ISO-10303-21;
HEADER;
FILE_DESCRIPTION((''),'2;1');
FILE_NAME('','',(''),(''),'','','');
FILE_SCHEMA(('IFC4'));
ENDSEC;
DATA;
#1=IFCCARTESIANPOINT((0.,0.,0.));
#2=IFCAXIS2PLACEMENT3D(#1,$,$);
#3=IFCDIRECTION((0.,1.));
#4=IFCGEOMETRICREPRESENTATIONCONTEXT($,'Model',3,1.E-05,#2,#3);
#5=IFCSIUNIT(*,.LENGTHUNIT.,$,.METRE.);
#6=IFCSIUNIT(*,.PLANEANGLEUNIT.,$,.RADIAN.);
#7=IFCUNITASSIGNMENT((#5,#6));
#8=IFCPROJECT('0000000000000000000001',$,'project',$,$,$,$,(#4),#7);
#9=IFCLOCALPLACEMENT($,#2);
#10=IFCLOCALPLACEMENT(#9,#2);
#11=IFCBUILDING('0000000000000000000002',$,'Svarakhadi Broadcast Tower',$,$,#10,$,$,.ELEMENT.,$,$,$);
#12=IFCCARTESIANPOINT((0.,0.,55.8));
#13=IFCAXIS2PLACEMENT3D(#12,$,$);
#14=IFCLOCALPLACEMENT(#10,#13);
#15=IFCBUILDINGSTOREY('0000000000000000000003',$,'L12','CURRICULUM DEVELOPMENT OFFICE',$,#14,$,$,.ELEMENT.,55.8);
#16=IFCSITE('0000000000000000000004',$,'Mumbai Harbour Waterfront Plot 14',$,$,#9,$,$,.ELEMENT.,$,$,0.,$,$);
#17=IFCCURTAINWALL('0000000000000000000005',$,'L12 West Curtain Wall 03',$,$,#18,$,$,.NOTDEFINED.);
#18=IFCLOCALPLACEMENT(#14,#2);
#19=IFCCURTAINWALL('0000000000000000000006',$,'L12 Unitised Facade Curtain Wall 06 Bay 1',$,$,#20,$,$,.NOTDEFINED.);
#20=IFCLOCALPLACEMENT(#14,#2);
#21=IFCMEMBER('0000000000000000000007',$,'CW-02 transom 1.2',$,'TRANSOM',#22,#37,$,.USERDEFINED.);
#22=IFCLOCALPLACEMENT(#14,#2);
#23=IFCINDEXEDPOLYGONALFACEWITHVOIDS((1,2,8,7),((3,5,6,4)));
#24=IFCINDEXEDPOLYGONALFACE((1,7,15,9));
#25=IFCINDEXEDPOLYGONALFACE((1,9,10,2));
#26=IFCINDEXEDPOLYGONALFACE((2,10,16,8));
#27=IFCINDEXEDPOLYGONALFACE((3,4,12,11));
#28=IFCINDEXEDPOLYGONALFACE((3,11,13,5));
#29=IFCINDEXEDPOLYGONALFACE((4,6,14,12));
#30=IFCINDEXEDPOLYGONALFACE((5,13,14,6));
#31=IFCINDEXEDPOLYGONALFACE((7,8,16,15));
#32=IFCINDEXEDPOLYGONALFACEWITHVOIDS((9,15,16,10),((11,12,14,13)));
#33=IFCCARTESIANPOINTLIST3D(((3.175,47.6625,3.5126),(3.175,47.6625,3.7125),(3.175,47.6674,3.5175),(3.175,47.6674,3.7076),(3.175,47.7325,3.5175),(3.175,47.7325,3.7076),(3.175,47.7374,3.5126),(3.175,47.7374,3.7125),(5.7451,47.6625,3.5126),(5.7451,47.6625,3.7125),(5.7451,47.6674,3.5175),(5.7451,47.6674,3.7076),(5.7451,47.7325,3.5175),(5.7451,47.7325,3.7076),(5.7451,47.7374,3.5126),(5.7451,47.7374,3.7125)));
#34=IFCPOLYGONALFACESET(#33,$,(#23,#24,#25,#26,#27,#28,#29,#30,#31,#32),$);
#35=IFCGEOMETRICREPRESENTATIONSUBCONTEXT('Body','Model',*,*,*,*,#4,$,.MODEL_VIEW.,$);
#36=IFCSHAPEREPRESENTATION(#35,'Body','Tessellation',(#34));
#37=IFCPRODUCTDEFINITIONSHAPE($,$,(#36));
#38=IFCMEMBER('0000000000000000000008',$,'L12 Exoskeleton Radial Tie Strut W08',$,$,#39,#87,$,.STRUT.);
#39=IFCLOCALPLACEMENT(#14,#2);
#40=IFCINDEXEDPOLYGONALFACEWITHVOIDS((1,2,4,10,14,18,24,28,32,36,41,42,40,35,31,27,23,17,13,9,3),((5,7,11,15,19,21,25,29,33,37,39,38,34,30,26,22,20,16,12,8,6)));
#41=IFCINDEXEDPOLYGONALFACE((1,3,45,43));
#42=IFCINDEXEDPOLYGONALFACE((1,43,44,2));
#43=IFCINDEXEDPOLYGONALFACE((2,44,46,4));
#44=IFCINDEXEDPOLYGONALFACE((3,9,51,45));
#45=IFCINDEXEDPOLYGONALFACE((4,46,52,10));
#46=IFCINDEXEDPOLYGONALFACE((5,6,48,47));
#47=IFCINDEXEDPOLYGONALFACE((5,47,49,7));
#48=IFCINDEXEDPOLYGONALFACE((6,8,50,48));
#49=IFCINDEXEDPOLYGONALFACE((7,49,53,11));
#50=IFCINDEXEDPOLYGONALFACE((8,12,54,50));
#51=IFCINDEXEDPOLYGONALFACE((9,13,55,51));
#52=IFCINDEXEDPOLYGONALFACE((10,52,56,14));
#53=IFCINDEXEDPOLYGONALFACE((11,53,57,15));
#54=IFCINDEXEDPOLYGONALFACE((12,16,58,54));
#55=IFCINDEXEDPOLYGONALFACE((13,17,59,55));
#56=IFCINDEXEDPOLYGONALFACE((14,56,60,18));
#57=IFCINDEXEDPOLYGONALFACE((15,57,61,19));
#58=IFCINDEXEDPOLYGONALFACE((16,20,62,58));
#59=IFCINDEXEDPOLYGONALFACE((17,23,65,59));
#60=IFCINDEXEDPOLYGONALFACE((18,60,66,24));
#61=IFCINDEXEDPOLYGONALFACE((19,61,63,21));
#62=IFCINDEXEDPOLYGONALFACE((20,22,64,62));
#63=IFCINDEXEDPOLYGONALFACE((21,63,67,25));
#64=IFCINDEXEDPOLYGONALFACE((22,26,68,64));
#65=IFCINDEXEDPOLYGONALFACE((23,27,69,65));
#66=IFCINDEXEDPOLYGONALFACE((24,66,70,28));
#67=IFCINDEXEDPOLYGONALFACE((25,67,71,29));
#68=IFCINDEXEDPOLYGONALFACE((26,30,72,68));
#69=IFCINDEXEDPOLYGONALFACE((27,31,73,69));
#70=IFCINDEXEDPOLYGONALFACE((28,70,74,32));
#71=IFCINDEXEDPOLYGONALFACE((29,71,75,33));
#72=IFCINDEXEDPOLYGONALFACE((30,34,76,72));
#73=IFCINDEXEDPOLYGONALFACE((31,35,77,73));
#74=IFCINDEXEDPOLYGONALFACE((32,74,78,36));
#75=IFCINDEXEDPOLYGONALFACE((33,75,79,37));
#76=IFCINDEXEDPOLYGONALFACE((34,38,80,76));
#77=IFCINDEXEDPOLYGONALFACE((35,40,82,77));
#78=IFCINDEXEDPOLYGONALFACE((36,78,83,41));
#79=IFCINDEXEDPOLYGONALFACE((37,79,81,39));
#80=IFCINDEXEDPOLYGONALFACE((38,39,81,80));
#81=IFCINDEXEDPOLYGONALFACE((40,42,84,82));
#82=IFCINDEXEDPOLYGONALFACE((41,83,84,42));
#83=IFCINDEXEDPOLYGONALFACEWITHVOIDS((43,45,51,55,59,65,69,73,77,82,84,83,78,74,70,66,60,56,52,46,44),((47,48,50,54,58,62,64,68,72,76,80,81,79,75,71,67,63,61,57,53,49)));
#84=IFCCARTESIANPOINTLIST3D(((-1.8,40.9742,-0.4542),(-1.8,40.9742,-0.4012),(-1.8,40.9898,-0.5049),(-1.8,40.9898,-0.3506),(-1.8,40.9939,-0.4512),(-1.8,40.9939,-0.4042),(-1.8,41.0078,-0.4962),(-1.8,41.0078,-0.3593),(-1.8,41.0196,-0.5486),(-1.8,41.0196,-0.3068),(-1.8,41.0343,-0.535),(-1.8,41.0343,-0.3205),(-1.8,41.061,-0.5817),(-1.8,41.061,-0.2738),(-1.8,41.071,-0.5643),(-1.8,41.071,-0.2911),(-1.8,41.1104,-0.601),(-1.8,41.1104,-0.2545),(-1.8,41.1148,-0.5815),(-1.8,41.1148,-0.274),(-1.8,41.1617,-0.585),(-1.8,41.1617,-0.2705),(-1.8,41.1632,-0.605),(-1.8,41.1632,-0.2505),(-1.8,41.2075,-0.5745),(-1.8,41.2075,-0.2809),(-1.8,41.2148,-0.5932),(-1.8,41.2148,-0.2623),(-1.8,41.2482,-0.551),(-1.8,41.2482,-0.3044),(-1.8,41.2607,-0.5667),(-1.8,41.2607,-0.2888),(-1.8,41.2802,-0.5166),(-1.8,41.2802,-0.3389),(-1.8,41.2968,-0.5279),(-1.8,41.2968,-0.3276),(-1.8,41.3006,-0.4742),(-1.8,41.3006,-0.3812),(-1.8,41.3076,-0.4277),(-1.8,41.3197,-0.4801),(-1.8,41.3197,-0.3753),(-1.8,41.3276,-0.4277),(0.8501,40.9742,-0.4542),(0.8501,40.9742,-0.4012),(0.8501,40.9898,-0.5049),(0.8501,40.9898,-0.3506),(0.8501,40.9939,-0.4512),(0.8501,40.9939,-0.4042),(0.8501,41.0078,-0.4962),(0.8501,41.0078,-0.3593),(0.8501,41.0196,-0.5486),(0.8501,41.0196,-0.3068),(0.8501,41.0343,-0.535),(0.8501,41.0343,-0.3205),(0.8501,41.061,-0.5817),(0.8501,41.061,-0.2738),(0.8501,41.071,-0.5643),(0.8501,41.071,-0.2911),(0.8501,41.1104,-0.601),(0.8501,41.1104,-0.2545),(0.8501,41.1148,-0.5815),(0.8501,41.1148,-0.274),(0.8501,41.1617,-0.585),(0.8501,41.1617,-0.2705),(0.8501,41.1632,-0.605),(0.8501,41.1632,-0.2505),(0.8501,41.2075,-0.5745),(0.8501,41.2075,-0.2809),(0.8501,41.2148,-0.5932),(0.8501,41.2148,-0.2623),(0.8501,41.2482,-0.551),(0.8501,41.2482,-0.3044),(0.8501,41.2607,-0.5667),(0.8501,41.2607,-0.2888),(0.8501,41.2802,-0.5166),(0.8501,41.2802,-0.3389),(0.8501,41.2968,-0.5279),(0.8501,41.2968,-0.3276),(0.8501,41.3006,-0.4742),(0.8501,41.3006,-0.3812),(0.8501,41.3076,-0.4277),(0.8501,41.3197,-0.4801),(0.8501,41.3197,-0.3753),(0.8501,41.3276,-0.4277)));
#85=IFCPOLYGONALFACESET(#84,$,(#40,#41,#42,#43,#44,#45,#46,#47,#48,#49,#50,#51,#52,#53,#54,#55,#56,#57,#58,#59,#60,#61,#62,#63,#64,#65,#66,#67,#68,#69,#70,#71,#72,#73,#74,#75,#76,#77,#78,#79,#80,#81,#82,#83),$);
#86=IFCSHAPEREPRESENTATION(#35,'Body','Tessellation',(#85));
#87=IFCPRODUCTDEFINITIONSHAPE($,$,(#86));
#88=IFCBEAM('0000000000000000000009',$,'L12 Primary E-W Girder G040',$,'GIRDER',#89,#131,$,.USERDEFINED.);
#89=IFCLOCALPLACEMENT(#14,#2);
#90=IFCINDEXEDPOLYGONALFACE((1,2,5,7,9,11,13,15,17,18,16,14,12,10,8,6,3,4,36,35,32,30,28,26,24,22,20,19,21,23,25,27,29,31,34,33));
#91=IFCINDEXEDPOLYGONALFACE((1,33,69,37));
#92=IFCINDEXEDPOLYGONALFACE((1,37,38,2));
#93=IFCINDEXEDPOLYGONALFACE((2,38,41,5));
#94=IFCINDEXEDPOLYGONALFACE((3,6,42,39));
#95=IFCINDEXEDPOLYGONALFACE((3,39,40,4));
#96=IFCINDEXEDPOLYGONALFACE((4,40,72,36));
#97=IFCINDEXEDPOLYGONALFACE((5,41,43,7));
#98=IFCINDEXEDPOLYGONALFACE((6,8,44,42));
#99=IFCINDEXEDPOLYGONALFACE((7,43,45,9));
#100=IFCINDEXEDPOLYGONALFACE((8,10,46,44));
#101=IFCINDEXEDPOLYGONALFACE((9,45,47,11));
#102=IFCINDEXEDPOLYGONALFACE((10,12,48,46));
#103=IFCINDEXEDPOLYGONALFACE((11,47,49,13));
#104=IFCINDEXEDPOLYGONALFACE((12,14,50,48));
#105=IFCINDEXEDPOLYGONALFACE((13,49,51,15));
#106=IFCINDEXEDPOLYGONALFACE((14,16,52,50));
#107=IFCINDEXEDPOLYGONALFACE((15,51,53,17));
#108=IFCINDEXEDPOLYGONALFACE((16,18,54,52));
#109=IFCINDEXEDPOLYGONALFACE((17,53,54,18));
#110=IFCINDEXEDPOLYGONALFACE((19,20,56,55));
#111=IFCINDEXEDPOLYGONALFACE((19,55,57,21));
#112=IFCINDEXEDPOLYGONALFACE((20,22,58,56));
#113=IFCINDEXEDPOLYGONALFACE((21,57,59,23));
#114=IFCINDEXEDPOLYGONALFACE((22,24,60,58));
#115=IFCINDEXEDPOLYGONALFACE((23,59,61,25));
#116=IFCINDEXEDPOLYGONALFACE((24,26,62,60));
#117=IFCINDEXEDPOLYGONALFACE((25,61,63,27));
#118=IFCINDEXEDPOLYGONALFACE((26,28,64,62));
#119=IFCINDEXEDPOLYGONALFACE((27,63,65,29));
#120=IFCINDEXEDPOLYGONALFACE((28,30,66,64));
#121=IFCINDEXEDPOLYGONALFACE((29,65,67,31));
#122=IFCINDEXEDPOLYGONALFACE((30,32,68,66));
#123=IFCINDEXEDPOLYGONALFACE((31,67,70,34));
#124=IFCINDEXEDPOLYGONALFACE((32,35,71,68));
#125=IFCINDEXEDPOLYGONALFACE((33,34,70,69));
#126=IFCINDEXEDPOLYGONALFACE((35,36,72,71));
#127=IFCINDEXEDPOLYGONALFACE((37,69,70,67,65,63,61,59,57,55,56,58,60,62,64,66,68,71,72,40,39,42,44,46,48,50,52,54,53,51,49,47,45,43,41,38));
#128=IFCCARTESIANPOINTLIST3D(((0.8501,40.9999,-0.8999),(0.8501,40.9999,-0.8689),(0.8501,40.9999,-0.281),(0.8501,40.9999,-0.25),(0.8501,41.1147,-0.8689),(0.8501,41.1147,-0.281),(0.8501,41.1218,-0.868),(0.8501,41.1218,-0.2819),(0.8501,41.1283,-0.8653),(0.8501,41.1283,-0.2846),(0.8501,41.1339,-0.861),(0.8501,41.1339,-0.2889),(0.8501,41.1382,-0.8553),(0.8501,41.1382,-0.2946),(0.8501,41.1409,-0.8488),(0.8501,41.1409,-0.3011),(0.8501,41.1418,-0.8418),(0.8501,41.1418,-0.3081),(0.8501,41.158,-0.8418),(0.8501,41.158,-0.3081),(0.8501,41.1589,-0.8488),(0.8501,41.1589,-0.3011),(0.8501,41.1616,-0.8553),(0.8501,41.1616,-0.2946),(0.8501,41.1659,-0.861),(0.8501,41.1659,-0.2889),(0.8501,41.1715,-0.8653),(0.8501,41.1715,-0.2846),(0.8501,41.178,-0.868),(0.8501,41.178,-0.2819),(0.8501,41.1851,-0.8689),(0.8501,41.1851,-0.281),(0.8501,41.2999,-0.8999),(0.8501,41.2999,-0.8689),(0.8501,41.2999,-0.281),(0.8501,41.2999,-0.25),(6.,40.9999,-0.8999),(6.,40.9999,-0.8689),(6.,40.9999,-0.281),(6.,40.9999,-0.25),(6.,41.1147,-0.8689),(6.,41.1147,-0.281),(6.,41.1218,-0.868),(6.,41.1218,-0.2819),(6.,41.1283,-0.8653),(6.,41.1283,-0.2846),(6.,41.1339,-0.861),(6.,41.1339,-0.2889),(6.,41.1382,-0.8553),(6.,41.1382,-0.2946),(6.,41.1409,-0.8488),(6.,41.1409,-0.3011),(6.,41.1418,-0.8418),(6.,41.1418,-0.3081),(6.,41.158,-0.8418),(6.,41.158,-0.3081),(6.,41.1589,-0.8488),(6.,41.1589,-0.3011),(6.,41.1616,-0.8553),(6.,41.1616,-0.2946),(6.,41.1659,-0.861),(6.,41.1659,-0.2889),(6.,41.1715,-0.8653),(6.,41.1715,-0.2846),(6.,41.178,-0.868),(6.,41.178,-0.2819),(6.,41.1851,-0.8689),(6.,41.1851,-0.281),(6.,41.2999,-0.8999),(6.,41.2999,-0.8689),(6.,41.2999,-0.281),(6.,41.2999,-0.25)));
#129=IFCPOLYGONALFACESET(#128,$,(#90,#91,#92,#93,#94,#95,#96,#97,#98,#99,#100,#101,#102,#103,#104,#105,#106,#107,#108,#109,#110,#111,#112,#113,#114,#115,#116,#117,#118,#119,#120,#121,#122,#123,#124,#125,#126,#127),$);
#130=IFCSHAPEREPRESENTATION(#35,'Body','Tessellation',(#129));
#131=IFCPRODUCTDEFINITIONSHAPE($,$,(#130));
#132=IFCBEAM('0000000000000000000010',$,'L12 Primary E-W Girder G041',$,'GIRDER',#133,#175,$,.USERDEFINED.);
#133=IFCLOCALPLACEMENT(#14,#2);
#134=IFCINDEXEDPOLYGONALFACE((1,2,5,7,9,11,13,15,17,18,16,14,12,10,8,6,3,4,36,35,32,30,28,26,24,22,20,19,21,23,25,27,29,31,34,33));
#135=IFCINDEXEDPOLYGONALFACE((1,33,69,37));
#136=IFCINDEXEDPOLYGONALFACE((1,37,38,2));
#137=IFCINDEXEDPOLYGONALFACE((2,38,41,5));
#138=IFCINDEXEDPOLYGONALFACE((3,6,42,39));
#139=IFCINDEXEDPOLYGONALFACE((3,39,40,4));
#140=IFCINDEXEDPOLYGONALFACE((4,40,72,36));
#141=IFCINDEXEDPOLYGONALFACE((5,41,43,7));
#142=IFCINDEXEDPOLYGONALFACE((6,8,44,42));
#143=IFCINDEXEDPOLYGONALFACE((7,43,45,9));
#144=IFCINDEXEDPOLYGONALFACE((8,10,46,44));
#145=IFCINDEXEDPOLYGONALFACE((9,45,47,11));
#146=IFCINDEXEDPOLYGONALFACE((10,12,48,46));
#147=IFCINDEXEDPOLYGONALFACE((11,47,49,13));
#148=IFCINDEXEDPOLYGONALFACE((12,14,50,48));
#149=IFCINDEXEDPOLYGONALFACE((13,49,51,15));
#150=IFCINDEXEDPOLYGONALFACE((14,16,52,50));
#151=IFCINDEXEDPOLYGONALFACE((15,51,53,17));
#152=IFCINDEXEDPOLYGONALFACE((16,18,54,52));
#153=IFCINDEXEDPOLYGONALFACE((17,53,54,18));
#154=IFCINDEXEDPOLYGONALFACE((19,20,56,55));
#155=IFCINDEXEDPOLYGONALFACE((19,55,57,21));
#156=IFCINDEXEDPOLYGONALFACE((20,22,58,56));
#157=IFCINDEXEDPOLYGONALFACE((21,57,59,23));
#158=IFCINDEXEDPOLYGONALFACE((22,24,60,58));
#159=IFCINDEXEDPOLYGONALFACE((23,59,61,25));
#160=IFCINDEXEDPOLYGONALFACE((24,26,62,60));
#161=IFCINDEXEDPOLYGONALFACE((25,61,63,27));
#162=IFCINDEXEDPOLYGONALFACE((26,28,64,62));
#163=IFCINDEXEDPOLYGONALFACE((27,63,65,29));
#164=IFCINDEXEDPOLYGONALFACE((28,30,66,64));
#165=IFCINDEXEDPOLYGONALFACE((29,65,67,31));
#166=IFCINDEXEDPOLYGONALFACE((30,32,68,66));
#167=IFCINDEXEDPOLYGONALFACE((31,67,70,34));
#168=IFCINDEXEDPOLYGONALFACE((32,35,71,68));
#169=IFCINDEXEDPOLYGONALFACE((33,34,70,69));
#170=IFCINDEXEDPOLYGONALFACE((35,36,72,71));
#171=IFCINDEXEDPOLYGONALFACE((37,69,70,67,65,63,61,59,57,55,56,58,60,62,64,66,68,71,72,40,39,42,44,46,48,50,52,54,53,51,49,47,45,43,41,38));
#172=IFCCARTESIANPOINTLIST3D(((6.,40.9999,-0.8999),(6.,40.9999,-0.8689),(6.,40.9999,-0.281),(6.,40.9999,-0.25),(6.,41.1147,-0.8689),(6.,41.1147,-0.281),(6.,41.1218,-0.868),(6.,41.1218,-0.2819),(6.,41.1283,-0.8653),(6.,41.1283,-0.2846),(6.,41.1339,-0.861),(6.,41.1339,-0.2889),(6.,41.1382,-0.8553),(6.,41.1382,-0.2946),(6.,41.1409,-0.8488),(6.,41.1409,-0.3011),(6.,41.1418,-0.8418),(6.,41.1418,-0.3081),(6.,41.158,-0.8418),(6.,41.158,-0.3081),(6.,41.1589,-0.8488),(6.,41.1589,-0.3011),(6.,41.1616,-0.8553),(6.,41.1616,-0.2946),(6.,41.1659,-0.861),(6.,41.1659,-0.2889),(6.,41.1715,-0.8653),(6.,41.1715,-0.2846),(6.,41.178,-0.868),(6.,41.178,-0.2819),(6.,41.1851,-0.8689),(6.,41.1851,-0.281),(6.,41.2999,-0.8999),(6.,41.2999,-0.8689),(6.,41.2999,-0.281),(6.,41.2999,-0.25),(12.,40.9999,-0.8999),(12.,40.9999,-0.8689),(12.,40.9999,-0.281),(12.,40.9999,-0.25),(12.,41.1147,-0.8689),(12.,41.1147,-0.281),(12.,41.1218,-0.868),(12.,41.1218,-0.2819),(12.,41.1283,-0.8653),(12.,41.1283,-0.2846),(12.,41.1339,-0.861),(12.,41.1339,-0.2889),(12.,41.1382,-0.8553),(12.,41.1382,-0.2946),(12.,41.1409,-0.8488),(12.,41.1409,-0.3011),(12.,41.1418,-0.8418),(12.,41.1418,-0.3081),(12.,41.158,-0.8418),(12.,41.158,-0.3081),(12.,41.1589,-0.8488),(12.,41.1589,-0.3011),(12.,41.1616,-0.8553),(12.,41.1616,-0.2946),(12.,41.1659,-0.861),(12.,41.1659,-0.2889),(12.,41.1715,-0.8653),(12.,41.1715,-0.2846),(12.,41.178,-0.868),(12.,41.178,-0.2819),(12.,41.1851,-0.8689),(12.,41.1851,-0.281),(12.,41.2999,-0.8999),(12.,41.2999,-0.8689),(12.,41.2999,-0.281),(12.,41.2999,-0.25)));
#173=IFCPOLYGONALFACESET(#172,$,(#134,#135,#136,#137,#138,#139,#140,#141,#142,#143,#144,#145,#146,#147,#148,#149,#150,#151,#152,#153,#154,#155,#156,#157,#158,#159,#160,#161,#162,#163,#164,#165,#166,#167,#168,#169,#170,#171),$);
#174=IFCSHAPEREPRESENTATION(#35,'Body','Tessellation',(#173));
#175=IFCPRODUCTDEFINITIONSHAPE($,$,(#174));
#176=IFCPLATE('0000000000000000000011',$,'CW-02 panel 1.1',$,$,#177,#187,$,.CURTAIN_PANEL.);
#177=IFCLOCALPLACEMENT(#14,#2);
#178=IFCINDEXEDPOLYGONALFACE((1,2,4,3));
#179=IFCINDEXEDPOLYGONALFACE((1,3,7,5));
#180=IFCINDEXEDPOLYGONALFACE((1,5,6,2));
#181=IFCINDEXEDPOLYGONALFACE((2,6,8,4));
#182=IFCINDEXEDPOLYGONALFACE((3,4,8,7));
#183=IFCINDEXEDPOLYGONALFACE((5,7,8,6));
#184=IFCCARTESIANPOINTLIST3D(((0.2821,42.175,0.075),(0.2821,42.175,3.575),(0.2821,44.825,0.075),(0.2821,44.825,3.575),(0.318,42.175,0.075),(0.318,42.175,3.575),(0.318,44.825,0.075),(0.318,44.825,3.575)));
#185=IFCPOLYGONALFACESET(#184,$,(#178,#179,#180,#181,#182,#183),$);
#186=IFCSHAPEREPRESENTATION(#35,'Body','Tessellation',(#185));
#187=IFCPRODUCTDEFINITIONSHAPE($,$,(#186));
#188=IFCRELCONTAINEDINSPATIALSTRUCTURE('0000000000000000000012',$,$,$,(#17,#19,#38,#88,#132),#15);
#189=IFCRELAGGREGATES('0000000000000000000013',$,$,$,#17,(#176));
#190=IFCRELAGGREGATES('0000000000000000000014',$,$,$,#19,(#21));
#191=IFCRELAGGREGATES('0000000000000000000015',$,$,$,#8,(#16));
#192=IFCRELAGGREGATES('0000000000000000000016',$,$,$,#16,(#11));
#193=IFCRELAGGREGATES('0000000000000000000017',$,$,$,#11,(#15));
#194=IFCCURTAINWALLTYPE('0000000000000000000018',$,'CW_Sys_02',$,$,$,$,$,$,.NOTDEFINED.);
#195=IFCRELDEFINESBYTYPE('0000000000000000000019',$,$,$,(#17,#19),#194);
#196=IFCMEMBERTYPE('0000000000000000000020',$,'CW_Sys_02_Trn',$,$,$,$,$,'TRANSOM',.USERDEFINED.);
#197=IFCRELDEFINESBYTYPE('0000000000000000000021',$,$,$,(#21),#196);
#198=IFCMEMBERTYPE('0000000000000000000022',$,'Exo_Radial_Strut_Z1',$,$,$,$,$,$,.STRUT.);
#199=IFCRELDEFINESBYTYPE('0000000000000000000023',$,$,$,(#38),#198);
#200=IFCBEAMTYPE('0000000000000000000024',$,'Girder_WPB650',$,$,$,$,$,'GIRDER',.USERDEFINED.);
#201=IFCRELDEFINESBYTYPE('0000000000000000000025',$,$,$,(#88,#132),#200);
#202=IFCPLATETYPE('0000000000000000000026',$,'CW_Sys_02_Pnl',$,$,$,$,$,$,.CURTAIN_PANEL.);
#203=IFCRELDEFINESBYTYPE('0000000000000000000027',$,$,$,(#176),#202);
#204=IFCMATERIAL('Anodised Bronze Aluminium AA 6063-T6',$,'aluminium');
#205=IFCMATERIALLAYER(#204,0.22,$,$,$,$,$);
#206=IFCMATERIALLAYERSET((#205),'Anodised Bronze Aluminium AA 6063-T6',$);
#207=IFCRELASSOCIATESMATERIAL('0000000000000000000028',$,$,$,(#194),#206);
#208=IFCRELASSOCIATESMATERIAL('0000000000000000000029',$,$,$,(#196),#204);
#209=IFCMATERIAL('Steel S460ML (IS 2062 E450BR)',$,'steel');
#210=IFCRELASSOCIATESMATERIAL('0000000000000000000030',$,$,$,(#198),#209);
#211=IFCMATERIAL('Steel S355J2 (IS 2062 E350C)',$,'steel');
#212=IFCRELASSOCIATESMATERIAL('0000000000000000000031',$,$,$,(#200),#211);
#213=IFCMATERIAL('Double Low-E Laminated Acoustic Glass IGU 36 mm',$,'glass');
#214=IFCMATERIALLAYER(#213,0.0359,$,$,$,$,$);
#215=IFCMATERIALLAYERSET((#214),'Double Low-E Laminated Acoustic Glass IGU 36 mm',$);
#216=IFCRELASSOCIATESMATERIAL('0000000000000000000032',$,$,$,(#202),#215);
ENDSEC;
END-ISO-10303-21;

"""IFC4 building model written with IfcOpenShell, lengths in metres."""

from ifc_helpers import new_model, si_unit, direction, frame, origin, origin_2d, place, context, subcontext, project, spatial, rectangle, hollow_rectangle, hollow_circle, i_section, extrude, material, layer, layer_set, material_profile, profile_set, type_object, element, aggregate, save


model = new_model("IFC4")

# Units and contexts
model_context = context("Model", 3, precision=1e-05, world=origin(), true_north=direction((0.0, 1.0)))
body_context = subcontext(model_context, "Body", "Model", "MODEL_VIEW")
ifc_project = project(units=[si_unit("LENGTHUNIT", "METRE"), si_unit("PLANEANGLEUNIT", "RADIAN")], contexts=[model_context])

# Site, building, storey
site_placement = place(None, origin())
site = spatial("IfcSite", under=ifc_project, at=site_placement, Name="Mumbai Harbour Waterfront Plot 14", CompositionType="ELEMENT", RefElevation=0.0)
building_placement = place(site_placement, origin())
building = spatial("IfcBuilding", under=site, at=building_placement, Name="Svarakhadi Broadcast Tower", CompositionType="ELEMENT")
storey_placement = place(building_placement, frame((0.0, 0.0, 55.8)))
storey = spatial("IfcBuildingStorey", under=building, at=storey_placement, Name="L12", Description="CURRICULUM DEVELOPMENT OFFICE", CompositionType="ELEMENT", Elevation=55.8)

# Shared definitions
ifc_material_1 = material(Name="Steel S460ML (IS 2062 E450BR)", Category="steel")

# Shared definitions
ifc_material_2 = material(Name="Steel S355J2 (IS 2062 E350C)", Category="steel")

# Curtain walls
ifc_material_3 = material(Name="Anodised Bronze Aluminium AA 6063-T6", Category="aluminium")
ifc_layer_1 = layer(ifc_material_3, 0.22)
ifc_layer_set_1 = layer_set([ifc_layer_1], Name="Anodised Bronze Aluminium AA 6063-T6")
curtain_wall_type = type_object("IfcCurtainWallType", Name="CW_Sys_02", PredefinedType="NOTDEFINED", material=ifc_layer_set_1)
curtain_wall_1_placement = place(storey_placement, origin())
curtain_wall_1 = element("IfcCurtainWall", 1, at=curtain_wall_1_placement, inside=storey, type_object=curtain_wall_type, Name="L12 West Curtain Wall 03", PredefinedType="NOTDEFINED")
curtain_wall_2_placement = place(storey_placement, origin())
curtain_wall_2 = element("IfcCurtainWall", 2, at=curtain_wall_2_placement, inside=storey, type_object=curtain_wall_type, Name="L12 Unitised Facade Curtain Wall 06 Bay 1", PredefinedType="NOTDEFINED")

# Members
ifc_material_profile_1 = material_profile(ifc_material_3, hollow_rectangle(XDim=0.075, YDim=0.2, WallThickness=0.0049, at=origin_2d()), Name="ALU TRANSOM 200x75x5")
ifc_profile_set_1 = profile_set([ifc_material_profile_1], Name="Anodised Bronze Aluminium AA 6063-T6")
member_type_1 = type_object("IfcMemberType", Name="CW_Sys_02_Trn", ElementType="TRANSOM", PredefinedType="USERDEFINED", material=ifc_profile_set_1)
member_1_placement = place(storey_placement, frame((3.175, 47.7, 3.6125), z_axis=(1.0, 0.0, 0.0), x_axis=(0.0, 1.0, 0.0)))
member_1 = element("IfcMember", 3, at=member_1_placement, type_object=member_type_1, Name="CW-02 transom 1.2", ObjectType="TRANSOM", PredefinedType="USERDEFINED", context=body_context, shape_type="SweptSolid", body=[
    extrude(hollow_rectangle(XDim=0.075, YDim=0.2, WallThickness=0.0049, at=origin_2d()), origin(), (0.0, 0.0, 1.0), 2.5701),
])
ifc_material_profile_2 = material_profile(ifc_material_1, hollow_circle(Radius=0.1777, WallThickness=0.02, at=origin_2d()), Name="CHS 355.6x20")
ifc_profile_set_2 = profile_set([ifc_material_profile_2], Name="Steel S460ML (IS 2062 E450BR)")
member_type_2 = type_object("IfcMemberType", Name="Exo_Radial_Strut_Z1", PredefinedType="STRUT", material=ifc_profile_set_2)
member_2_placement = place(storey_placement, frame((-1.8, 41.1499, -0.4277), z_axis=(1.0, 0.0, 0.0), x_axis=(0.0, 1.0, 0.0)))
element("IfcMember", 4, at=member_2_placement, inside=storey, type_object=member_type_2, Name="L12 Exoskeleton Radial Tie Strut W08", PredefinedType="STRUT", context=body_context, shape_type="SweptSolid", body=[
    extrude(hollow_circle(Radius=0.1777, WallThickness=0.02, at=origin_2d()), origin(), (0.0, 0.0, 1.0), 2.6501),
])

# Beams
ifc_material_profile_3 = material_profile(ifc_material_2, i_section(OverallWidth=0.3, OverallDepth=0.6499, WebThickness=0.0161, FlangeThickness=0.031, FilletRadius=0.0271, at=origin_2d()), Name="WPB 650x300x225")
ifc_profile_set_3 = profile_set([ifc_material_profile_3], Name="Steel S355J2 (IS 2062 E350C)")
beam_type_1 = type_object("IfcBeamType", Name="Girder_WPB650", ElementType="GIRDER", PredefinedType="USERDEFINED", material=ifc_profile_set_3)
beam_1_placement = place(storey_placement, frame((0.8501, 41.1499, -0.575), z_axis=(1.0, 0.0, 0.0), x_axis=(0.0, 1.0, 0.0)))
element("IfcBeam", 5, at=beam_1_placement, inside=storey, type_object=beam_type_1, Name="L12 Primary E-W Girder G040", ObjectType="GIRDER", PredefinedType="USERDEFINED", context=body_context, shape_type="SweptSolid", body=[
    extrude(i_section(OverallWidth=0.3, OverallDepth=0.6499, WebThickness=0.0161, FlangeThickness=0.031, FilletRadius=0.0271, at=origin_2d()), origin(), (0.0, 0.0, 1.0), 5.1499),
])
beam_2_placement = place(storey_placement, frame((6.0, 41.1499, -0.575), z_axis=(1.0, 0.0, 0.0), x_axis=(0.0, 1.0, 0.0)))
element("IfcBeam", 6, at=beam_2_placement, inside=storey, type_object=beam_type_1, Name="L12 Primary E-W Girder G041", ObjectType="GIRDER", PredefinedType="USERDEFINED", context=body_context, shape_type="SweptSolid", body=[
    extrude(i_section(OverallWidth=0.3, OverallDepth=0.6499, WebThickness=0.0161, FlangeThickness=0.031, FilletRadius=0.0271, at=origin_2d()), origin(), (0.0, 0.0, 1.0), 6.0),
])

# Plate
ifc_material_4 = material(Name="Double Low-E Laminated Acoustic Glass IGU 36 mm", Category="glass")
ifc_layer_2 = layer(ifc_material_4, 0.0359)
ifc_layer_set_2 = layer_set([ifc_layer_2], Name="Double Low-E Laminated Acoustic Glass IGU 36 mm")
plate_type_1 = type_object("IfcPlateType", Name="CW_Sys_02_Pnl", PredefinedType="CURTAIN_PANEL", material=ifc_layer_set_2)
plate_1_placement = place(storey_placement, frame((0.3, 43.5, 0.075), z_axis=(0.0, 0.0, 1.0), x_axis=(0.0, 1.0, 0.0)))
plate_1 = element("IfcPlate", 7, at=plate_1_placement, type_object=plate_type_1, Name="CW-02 panel 1.1", PredefinedType="CURTAIN_PANEL", context=body_context, shape_type="SweptSolid", body=[
    extrude(rectangle(XDim=2.6499, YDim=0.0359, at=origin_2d()), origin(), (0.0, 0.0, 1.0), 3.5),
])
aggregate(curtain_wall_1, [plate_1])
aggregate(curtain_wall_2, [member_1])

save(model, "model.ifc")
